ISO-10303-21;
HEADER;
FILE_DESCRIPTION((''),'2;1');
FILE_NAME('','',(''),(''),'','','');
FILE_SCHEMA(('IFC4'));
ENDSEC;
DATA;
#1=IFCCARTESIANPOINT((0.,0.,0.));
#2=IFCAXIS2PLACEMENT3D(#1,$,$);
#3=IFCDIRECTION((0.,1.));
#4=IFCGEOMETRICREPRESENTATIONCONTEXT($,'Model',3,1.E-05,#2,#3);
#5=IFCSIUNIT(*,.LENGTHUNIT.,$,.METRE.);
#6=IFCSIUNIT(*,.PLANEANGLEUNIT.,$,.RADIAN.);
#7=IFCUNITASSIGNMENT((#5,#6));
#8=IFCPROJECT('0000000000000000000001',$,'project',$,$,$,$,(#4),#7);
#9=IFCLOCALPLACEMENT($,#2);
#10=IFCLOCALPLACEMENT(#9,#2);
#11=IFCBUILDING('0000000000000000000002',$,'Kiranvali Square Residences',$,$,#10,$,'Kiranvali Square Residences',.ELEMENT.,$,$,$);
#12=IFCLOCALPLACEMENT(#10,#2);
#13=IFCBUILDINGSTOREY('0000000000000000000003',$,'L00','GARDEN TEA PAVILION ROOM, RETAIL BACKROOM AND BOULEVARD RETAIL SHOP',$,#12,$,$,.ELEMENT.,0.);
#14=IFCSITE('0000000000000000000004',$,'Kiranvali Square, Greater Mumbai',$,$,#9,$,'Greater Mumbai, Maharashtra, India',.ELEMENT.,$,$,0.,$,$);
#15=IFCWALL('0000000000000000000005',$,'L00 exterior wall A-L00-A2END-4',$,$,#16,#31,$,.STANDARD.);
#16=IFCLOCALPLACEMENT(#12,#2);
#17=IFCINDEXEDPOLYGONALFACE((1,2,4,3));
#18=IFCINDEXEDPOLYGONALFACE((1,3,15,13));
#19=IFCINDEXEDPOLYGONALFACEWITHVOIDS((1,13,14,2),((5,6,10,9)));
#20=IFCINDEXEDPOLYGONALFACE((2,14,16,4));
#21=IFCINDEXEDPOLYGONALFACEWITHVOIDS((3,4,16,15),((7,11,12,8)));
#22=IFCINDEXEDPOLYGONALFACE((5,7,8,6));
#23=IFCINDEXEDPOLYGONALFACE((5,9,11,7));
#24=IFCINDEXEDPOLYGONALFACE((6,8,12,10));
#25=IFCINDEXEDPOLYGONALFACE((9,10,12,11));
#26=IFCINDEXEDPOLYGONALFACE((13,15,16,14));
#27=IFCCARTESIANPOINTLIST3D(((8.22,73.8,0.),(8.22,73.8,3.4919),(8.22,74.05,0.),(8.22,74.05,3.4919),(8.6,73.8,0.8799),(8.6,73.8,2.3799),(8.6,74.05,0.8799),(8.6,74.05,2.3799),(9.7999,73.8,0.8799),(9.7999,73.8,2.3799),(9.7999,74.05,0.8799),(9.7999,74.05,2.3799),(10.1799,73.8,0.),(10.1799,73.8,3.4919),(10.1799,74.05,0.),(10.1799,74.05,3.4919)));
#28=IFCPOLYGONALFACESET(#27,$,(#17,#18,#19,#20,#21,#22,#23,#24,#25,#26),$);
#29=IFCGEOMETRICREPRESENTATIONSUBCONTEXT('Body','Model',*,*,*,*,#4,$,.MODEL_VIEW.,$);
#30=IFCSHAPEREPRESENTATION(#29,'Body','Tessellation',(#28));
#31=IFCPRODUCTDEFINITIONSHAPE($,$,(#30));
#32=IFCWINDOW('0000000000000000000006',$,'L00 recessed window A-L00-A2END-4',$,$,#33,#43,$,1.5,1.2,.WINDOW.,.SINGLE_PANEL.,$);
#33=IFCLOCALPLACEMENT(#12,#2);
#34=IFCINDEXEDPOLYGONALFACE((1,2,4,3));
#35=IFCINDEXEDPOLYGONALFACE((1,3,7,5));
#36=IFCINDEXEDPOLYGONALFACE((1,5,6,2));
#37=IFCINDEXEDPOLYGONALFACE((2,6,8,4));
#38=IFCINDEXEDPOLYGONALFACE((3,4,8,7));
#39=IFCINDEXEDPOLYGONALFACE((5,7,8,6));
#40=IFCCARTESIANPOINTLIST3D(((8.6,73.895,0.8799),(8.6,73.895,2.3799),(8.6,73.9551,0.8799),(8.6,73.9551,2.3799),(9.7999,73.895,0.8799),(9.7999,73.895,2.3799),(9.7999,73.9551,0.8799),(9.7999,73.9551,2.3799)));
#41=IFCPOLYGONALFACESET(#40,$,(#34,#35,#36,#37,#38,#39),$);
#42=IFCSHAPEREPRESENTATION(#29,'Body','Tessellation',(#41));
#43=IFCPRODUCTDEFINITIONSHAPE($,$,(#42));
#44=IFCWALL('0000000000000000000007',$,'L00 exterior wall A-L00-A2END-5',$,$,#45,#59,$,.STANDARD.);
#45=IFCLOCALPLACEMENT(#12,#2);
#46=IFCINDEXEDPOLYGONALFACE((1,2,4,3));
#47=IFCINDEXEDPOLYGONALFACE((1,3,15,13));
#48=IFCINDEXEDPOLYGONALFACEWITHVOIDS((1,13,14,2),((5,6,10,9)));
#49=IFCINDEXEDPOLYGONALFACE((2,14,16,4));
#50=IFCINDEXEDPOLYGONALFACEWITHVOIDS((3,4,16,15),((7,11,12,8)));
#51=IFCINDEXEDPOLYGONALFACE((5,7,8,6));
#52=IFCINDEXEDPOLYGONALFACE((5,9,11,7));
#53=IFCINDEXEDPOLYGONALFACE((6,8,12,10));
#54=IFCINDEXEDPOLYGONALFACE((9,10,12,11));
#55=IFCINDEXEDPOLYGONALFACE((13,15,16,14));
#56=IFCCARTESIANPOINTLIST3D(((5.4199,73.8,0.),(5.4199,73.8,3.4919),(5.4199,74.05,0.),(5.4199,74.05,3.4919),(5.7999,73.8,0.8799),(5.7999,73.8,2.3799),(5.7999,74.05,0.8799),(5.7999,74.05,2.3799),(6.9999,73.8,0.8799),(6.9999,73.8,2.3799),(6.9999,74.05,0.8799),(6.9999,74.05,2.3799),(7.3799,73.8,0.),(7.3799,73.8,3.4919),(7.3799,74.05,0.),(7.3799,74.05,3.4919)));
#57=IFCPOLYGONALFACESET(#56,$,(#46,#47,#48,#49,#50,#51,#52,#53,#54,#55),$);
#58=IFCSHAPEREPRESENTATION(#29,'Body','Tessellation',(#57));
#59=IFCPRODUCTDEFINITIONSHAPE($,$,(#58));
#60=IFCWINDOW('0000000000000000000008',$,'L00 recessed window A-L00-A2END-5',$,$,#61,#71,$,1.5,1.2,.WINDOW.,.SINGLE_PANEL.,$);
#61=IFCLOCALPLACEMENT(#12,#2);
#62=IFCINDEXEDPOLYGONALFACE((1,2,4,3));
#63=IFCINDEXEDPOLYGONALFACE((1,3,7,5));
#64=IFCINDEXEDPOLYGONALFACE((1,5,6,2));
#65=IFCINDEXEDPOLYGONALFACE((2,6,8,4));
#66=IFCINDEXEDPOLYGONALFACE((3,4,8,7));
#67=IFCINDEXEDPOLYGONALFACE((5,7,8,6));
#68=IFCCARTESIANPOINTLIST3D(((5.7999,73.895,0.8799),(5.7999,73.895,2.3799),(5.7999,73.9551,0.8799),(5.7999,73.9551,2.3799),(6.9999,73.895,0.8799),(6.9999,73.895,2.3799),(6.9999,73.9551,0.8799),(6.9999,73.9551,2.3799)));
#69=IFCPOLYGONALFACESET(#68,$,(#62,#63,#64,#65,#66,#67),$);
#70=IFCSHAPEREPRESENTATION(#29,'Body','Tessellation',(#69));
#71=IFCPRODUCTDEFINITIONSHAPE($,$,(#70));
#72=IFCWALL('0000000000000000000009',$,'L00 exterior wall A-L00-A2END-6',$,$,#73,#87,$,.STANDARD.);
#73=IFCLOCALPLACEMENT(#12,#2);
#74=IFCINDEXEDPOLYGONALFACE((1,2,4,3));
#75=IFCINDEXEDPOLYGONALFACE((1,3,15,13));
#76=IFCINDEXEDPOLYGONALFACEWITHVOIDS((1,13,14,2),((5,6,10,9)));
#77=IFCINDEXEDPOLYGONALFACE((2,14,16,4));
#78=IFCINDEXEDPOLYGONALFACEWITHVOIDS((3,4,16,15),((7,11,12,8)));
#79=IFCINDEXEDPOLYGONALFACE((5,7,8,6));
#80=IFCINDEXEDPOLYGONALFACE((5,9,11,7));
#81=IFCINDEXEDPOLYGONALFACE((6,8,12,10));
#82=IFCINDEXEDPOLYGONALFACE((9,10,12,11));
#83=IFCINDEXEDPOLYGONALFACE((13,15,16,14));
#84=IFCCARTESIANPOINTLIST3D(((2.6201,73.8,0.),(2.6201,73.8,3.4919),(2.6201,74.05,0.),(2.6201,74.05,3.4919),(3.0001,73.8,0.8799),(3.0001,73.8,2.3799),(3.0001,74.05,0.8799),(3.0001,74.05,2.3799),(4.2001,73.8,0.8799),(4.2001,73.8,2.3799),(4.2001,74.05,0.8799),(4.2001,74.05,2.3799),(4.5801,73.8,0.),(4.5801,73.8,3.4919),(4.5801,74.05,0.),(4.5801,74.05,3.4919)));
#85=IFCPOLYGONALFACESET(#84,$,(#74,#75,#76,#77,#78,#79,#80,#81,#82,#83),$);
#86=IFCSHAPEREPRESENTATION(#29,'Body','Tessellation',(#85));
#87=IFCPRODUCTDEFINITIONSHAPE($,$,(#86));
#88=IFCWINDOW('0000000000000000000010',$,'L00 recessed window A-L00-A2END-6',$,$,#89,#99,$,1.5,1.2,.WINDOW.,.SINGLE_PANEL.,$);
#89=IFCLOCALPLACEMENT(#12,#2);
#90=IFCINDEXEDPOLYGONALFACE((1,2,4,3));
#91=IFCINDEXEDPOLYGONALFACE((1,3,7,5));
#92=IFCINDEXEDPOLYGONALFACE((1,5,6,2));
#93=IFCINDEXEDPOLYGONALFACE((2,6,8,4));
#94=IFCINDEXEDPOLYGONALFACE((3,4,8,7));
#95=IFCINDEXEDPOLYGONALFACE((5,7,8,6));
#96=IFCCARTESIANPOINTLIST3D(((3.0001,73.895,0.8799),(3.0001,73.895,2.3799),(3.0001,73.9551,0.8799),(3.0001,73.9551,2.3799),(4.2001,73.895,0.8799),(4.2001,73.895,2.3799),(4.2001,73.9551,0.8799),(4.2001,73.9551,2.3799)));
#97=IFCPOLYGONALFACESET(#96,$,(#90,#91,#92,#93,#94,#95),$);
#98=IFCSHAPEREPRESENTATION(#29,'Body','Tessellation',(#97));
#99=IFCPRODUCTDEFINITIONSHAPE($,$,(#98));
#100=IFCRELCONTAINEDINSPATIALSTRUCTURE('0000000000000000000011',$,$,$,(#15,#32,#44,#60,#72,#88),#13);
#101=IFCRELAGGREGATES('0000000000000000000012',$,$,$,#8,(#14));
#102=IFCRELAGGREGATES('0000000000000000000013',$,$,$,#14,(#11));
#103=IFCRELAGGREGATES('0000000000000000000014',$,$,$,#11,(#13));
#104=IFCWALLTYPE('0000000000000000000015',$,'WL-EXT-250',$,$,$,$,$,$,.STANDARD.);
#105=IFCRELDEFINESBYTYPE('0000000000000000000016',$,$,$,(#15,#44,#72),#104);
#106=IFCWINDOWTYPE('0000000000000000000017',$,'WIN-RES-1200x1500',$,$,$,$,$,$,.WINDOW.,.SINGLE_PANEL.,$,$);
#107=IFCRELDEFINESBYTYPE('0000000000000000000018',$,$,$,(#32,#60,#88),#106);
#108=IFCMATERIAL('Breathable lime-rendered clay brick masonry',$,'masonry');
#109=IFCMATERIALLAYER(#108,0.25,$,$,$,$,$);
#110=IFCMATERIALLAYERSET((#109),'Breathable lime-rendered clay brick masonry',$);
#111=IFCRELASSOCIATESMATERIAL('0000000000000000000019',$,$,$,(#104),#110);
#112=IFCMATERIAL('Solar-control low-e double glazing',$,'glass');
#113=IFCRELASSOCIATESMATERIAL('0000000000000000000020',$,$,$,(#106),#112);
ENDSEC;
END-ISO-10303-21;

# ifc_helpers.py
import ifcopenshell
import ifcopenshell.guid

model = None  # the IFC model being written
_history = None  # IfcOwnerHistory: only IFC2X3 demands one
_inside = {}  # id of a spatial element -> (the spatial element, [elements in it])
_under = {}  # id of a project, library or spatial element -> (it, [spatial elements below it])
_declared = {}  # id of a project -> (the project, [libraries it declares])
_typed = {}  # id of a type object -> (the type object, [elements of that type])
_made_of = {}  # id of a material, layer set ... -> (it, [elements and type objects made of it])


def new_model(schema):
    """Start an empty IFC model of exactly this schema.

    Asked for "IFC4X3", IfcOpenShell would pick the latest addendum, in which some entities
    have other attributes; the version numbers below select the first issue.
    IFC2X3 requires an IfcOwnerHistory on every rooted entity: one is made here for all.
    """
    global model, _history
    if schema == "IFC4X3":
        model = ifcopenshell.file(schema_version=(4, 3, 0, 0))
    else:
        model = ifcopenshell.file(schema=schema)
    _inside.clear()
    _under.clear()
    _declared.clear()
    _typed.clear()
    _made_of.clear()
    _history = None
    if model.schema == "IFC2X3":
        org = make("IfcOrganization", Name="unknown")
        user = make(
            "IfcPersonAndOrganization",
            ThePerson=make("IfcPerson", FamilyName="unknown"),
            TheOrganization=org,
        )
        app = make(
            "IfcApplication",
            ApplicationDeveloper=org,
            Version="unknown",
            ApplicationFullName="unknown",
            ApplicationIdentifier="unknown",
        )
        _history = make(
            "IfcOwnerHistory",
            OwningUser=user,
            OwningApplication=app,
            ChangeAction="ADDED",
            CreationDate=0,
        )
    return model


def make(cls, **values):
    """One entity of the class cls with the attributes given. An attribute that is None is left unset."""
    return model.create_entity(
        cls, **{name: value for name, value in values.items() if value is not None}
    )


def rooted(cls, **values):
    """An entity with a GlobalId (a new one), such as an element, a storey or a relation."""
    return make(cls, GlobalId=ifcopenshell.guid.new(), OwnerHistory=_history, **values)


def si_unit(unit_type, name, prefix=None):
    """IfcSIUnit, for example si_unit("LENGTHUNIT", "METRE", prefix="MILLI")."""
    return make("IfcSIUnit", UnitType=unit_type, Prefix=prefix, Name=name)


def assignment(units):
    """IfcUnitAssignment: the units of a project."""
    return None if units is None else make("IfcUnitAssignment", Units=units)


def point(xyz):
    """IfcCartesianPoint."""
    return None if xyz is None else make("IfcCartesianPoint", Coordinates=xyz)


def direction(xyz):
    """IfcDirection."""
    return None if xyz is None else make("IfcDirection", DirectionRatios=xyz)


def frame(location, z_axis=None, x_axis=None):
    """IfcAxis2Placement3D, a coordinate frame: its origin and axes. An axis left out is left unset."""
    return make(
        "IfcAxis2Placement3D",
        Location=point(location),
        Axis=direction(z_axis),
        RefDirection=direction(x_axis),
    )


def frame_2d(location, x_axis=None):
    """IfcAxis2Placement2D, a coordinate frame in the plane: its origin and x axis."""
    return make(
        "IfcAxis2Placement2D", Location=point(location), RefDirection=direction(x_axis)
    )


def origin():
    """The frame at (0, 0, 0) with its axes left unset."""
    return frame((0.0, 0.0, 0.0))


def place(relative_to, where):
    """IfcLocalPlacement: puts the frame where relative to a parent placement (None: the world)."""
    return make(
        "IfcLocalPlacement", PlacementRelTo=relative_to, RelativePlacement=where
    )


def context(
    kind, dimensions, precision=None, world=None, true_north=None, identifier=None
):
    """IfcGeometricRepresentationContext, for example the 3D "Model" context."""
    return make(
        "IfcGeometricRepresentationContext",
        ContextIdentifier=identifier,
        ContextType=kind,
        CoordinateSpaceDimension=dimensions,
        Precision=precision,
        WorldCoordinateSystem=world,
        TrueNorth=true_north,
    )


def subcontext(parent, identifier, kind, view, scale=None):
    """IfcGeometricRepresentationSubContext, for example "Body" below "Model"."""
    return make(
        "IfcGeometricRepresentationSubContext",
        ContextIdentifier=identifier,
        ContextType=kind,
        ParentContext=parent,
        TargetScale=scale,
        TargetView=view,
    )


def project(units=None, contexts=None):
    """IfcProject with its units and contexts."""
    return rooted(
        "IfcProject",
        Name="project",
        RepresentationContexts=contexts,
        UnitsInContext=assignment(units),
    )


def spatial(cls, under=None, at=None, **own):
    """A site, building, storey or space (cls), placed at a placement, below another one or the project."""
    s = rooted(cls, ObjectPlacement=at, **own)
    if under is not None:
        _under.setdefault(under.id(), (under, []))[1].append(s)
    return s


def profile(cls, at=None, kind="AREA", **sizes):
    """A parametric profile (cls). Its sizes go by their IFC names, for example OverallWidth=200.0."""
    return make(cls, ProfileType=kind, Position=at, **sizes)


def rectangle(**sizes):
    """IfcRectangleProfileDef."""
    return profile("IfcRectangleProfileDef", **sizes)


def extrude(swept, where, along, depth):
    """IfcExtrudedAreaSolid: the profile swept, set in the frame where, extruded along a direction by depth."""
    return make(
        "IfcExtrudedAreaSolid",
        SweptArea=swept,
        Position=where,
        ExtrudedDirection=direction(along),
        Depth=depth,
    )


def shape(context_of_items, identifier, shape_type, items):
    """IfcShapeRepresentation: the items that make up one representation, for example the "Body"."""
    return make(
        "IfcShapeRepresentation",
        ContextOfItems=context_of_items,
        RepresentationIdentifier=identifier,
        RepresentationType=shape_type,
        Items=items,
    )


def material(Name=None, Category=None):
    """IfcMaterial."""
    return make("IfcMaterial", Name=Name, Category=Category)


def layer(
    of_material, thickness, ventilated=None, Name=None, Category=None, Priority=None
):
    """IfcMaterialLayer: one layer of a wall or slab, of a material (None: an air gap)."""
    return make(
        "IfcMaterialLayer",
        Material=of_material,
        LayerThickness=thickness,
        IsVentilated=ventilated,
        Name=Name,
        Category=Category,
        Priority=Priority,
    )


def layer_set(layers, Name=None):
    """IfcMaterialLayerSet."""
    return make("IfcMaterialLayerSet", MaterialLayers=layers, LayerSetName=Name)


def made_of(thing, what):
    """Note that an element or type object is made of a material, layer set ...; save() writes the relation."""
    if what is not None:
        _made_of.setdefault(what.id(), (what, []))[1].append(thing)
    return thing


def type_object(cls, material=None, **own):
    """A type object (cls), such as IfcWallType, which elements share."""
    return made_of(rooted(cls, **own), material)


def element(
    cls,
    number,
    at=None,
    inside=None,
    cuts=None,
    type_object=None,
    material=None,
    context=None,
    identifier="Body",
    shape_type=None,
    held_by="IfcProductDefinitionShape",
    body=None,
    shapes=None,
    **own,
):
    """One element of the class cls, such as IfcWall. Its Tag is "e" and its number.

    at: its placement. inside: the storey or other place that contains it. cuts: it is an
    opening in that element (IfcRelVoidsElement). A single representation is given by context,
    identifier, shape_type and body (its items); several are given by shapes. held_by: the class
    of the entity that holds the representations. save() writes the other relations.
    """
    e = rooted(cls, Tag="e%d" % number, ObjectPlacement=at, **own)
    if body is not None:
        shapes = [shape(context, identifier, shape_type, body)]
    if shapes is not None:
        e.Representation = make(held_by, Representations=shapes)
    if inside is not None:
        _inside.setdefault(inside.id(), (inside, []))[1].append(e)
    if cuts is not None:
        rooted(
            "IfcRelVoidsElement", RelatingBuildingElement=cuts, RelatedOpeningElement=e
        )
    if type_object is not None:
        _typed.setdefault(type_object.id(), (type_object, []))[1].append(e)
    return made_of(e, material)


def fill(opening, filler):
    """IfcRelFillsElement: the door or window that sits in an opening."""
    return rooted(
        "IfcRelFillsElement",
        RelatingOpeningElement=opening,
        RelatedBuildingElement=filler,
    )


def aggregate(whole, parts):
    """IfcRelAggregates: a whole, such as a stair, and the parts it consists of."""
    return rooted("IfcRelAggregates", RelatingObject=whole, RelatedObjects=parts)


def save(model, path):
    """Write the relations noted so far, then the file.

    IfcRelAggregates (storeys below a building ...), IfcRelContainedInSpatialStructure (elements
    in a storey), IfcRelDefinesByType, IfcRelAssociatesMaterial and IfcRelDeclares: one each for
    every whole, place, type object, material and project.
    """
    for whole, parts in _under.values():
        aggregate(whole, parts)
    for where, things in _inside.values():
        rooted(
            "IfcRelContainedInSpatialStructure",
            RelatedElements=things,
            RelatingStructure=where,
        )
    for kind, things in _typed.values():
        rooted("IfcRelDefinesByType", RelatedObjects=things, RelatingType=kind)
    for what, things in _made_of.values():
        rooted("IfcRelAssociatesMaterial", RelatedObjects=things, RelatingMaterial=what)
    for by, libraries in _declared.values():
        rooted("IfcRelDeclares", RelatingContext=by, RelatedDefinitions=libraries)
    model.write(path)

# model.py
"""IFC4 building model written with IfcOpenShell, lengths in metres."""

from ifc_helpers import new_model, si_unit, direction, frame, frame_2d, origin, place, context, subcontext, project, spatial, rectangle, extrude, material, layer, layer_set, type_object, element, fill, save


model = new_model("IFC4")

# Units and contexts
model_context = context("Model", 3, precision=1e-05, world=origin(), true_north=direction((0.0, 1.0)))
body_context = subcontext(model_context, "Body", "Model", "MODEL_VIEW")
ifc_project = project(units=[si_unit("LENGTHUNIT", "METRE"), si_unit("PLANEANGLEUNIT", "RADIAN")], contexts=[model_context])

# Site, building, storey
site_placement = place(None, origin())
site = spatial("IfcSite", under=ifc_project, at=site_placement, Name="Kiranvali Square, Greater Mumbai", LongName="Greater Mumbai, Maharashtra, India", CompositionType="ELEMENT", RefElevation=0.0)
building_placement = place(site_placement, origin())
building = spatial("IfcBuilding", under=site, at=building_placement, Name="Kiranvali Square Residences", LongName="Kiranvali Square Residences", CompositionType="ELEMENT")
storey_placement = place(building_placement, origin())
storey = spatial("IfcBuildingStorey", under=building, at=storey_placement, Name="L00", Description="GARDEN TEA PAVILION ROOM, RETAIL BACKROOM AND BOULEVARD RETAIL SHOP", CompositionType="ELEMENT", Elevation=0.0)

# Walls, openings, windows
ifc_material_1 = material(Name="Breathable lime-rendered clay brick masonry", Category="masonry")
ifc_layer = layer(ifc_material_1, 0.25)
ifc_layer_set = layer_set([ifc_layer], Name="Breathable lime-rendered clay brick masonry")
wall_type = type_object("IfcWallType", Name="WL-EXT-250", PredefinedType="STANDARD", material=ifc_layer_set)
ifc_material_2 = material(Name="Solar-control low-e double glazing", Category="glass")
window_type = type_object("IfcWindowType", Name="WIN-RES-1200x1500", PartitioningType="SINGLE_PANEL", PredefinedType="WINDOW", material=ifc_material_2)
wall_1_placement = place(storey_placement, frame((10.1799, 73.925, 0.0), z_axis=(0.0, 0.0, 1.0), x_axis=(-1.0, 0.0, 0.0)))
wall_1 = element("IfcWall", 1, at=wall_1_placement, inside=storey, type_object=wall_type, Name="L00 exterior wall A-L00-A2END-4", PredefinedType="STANDARD", context=body_context, shape_type="SweptSolid", body=[
    extrude(rectangle(XDim=1.96, YDim=0.25, at=frame_2d((0.98, 0.0))), origin(), (0.0, 0.0, 1.0), 3.4919),
])
opening_1_placement = place(wall_1_placement, frame((0.3799, 0.0, 0.8799)))
opening_1 = element("IfcOpeningElement", 2, at=opening_1_placement, cuts=wall_1, PredefinedType="OPENING", context=body_context, shape_type="SweptSolid", body=[
    extrude(rectangle(XDim=1.2, YDim=1.5, at=frame_2d((0.6001, 0.75))), frame((0.0, 0.135, 0.0), z_axis=(0.0, -1.0, 0.0), x_axis=(1.0, 0.0, 0.0)), (0.0, 0.0, 1.0), 0.27),
])
window_1_placement = place(opening_1_placement, origin())
window_1 = element("IfcWindow", 3, at=window_1_placement, inside=storey, type_object=window_type, Name="L00 recessed window A-L00-A2END-4", OverallHeight=1.5, OverallWidth=1.2, PartitioningType="SINGLE_PANEL", PredefinedType="WINDOW", context=body_context, shape_type="SweptSolid", body=[
    extrude(rectangle(XDim=1.2, YDim=1.5, at=frame_2d((0.6001, 0.75))), frame((0.0, 0.03, 0.0), z_axis=(0.0, -1.0, 0.0), x_axis=(1.0, 0.0, 0.0)), (0.0, 0.0, 1.0), 0.0601),
])
fill(opening_1, window_1)
wall_2_placement = place(storey_placement, frame((7.3799, 73.925, 0.0), z_axis=(0.0, 0.0, 1.0), x_axis=(-1.0, 0.0, 0.0)))
wall_2 = element("IfcWall", 4, at=wall_2_placement, inside=storey, type_object=wall_type, Name="L00 exterior wall A-L00-A2END-5", PredefinedType="STANDARD", context=body_context, shape_type="SweptSolid", body=[
    extrude(rectangle(XDim=1.96, YDim=0.25, at=frame_2d((0.98, 0.0))), origin(), (0.0, 0.0, 1.0), 3.4919),
])
opening_2_placement = place(wall_2_placement, frame((0.3799, 0.0, 0.8799)))
opening_2 = element("IfcOpeningElement", 5, at=opening_2_placement, cuts=wall_2, PredefinedType="OPENING", context=body_context, shape_type="SweptSolid", body=[
    extrude(rectangle(XDim=1.2, YDim=1.5, at=frame_2d((0.6001, 0.75))), frame((0.0, 0.135, 0.0), z_axis=(0.0, -1.0, 0.0), x_axis=(1.0, 0.0, 0.0)), (0.0, 0.0, 1.0), 0.27),
])
window_2_placement = place(opening_2_placement, origin())
window_2 = element("IfcWindow", 6, at=window_2_placement, inside=storey, type_object=window_type, Name="L00 recessed window A-L00-A2END-5", OverallHeight=1.5, OverallWidth=1.2, PartitioningType="SINGLE_PANEL", PredefinedType="WINDOW", context=body_context, shape_type="SweptSolid", body=[
    extrude(rectangle(XDim=1.2, YDim=1.5, at=frame_2d((0.6001, 0.75))), frame((0.0, 0.03, 0.0), z_axis=(0.0, -1.0, 0.0), x_axis=(1.0, 0.0, 0.0)), (0.0, 0.0, 1.0), 0.0601),
])
fill(opening_2, window_2)
wall_3_placement = place(storey_placement, frame((4.5801, 73.925, 0.0), z_axis=(0.0, 0.0, 1.0), x_axis=(-1.0, 0.0, 0.0)))
wall_3 = element("IfcWall", 7, at=wall_3_placement, inside=storey, type_object=wall_type, Name="L00 exterior wall A-L00-A2END-6", PredefinedType="STANDARD", context=body_context, shape_type="SweptSolid", body=[
    extrude(rectangle(XDim=1.96, YDim=0.25, at=frame_2d((0.98, 0.0))), origin(), (0.0, 0.0, 1.0), 3.4919),
])
opening_3_placement = place(wall_3_placement, frame((0.3799, 0.0, 0.8799)))
opening_3 = element("IfcOpeningElement", 8, at=opening_3_placement, cuts=wall_3, PredefinedType="OPENING", context=body_context, shape_type="SweptSolid", body=[
    extrude(rectangle(XDim=1.2, YDim=1.5, at=frame_2d((0.6001, 0.75))), frame((0.0, 0.135, 0.0), z_axis=(0.0, -1.0, 0.0), x_axis=(1.0, 0.0, 0.0)), (0.0, 0.0, 1.0), 0.27),
])
window_3_placement = place(opening_3_placement, origin())
window_3 = element("IfcWindow", 9, at=window_3_placement, inside=storey, type_object=window_type, Name="L00 recessed window A-L00-A2END-6", OverallHeight=1.5, OverallWidth=1.2, PartitioningType="SINGLE_PANEL", PredefinedType="WINDOW", context=body_context, shape_type="SweptSolid", body=[
    extrude(rectangle(XDim=1.2, YDim=1.5, at=frame_2d((0.6001, 0.75))), frame((0.0, 0.03, 0.0), z_axis=(0.0, -1.0, 0.0), x_axis=(1.0, 0.0, 0.0)), (0.0, 0.0, 1.0), 0.0601),
])
fill(opening_3, window_3)

save(model, "model.ifc")
